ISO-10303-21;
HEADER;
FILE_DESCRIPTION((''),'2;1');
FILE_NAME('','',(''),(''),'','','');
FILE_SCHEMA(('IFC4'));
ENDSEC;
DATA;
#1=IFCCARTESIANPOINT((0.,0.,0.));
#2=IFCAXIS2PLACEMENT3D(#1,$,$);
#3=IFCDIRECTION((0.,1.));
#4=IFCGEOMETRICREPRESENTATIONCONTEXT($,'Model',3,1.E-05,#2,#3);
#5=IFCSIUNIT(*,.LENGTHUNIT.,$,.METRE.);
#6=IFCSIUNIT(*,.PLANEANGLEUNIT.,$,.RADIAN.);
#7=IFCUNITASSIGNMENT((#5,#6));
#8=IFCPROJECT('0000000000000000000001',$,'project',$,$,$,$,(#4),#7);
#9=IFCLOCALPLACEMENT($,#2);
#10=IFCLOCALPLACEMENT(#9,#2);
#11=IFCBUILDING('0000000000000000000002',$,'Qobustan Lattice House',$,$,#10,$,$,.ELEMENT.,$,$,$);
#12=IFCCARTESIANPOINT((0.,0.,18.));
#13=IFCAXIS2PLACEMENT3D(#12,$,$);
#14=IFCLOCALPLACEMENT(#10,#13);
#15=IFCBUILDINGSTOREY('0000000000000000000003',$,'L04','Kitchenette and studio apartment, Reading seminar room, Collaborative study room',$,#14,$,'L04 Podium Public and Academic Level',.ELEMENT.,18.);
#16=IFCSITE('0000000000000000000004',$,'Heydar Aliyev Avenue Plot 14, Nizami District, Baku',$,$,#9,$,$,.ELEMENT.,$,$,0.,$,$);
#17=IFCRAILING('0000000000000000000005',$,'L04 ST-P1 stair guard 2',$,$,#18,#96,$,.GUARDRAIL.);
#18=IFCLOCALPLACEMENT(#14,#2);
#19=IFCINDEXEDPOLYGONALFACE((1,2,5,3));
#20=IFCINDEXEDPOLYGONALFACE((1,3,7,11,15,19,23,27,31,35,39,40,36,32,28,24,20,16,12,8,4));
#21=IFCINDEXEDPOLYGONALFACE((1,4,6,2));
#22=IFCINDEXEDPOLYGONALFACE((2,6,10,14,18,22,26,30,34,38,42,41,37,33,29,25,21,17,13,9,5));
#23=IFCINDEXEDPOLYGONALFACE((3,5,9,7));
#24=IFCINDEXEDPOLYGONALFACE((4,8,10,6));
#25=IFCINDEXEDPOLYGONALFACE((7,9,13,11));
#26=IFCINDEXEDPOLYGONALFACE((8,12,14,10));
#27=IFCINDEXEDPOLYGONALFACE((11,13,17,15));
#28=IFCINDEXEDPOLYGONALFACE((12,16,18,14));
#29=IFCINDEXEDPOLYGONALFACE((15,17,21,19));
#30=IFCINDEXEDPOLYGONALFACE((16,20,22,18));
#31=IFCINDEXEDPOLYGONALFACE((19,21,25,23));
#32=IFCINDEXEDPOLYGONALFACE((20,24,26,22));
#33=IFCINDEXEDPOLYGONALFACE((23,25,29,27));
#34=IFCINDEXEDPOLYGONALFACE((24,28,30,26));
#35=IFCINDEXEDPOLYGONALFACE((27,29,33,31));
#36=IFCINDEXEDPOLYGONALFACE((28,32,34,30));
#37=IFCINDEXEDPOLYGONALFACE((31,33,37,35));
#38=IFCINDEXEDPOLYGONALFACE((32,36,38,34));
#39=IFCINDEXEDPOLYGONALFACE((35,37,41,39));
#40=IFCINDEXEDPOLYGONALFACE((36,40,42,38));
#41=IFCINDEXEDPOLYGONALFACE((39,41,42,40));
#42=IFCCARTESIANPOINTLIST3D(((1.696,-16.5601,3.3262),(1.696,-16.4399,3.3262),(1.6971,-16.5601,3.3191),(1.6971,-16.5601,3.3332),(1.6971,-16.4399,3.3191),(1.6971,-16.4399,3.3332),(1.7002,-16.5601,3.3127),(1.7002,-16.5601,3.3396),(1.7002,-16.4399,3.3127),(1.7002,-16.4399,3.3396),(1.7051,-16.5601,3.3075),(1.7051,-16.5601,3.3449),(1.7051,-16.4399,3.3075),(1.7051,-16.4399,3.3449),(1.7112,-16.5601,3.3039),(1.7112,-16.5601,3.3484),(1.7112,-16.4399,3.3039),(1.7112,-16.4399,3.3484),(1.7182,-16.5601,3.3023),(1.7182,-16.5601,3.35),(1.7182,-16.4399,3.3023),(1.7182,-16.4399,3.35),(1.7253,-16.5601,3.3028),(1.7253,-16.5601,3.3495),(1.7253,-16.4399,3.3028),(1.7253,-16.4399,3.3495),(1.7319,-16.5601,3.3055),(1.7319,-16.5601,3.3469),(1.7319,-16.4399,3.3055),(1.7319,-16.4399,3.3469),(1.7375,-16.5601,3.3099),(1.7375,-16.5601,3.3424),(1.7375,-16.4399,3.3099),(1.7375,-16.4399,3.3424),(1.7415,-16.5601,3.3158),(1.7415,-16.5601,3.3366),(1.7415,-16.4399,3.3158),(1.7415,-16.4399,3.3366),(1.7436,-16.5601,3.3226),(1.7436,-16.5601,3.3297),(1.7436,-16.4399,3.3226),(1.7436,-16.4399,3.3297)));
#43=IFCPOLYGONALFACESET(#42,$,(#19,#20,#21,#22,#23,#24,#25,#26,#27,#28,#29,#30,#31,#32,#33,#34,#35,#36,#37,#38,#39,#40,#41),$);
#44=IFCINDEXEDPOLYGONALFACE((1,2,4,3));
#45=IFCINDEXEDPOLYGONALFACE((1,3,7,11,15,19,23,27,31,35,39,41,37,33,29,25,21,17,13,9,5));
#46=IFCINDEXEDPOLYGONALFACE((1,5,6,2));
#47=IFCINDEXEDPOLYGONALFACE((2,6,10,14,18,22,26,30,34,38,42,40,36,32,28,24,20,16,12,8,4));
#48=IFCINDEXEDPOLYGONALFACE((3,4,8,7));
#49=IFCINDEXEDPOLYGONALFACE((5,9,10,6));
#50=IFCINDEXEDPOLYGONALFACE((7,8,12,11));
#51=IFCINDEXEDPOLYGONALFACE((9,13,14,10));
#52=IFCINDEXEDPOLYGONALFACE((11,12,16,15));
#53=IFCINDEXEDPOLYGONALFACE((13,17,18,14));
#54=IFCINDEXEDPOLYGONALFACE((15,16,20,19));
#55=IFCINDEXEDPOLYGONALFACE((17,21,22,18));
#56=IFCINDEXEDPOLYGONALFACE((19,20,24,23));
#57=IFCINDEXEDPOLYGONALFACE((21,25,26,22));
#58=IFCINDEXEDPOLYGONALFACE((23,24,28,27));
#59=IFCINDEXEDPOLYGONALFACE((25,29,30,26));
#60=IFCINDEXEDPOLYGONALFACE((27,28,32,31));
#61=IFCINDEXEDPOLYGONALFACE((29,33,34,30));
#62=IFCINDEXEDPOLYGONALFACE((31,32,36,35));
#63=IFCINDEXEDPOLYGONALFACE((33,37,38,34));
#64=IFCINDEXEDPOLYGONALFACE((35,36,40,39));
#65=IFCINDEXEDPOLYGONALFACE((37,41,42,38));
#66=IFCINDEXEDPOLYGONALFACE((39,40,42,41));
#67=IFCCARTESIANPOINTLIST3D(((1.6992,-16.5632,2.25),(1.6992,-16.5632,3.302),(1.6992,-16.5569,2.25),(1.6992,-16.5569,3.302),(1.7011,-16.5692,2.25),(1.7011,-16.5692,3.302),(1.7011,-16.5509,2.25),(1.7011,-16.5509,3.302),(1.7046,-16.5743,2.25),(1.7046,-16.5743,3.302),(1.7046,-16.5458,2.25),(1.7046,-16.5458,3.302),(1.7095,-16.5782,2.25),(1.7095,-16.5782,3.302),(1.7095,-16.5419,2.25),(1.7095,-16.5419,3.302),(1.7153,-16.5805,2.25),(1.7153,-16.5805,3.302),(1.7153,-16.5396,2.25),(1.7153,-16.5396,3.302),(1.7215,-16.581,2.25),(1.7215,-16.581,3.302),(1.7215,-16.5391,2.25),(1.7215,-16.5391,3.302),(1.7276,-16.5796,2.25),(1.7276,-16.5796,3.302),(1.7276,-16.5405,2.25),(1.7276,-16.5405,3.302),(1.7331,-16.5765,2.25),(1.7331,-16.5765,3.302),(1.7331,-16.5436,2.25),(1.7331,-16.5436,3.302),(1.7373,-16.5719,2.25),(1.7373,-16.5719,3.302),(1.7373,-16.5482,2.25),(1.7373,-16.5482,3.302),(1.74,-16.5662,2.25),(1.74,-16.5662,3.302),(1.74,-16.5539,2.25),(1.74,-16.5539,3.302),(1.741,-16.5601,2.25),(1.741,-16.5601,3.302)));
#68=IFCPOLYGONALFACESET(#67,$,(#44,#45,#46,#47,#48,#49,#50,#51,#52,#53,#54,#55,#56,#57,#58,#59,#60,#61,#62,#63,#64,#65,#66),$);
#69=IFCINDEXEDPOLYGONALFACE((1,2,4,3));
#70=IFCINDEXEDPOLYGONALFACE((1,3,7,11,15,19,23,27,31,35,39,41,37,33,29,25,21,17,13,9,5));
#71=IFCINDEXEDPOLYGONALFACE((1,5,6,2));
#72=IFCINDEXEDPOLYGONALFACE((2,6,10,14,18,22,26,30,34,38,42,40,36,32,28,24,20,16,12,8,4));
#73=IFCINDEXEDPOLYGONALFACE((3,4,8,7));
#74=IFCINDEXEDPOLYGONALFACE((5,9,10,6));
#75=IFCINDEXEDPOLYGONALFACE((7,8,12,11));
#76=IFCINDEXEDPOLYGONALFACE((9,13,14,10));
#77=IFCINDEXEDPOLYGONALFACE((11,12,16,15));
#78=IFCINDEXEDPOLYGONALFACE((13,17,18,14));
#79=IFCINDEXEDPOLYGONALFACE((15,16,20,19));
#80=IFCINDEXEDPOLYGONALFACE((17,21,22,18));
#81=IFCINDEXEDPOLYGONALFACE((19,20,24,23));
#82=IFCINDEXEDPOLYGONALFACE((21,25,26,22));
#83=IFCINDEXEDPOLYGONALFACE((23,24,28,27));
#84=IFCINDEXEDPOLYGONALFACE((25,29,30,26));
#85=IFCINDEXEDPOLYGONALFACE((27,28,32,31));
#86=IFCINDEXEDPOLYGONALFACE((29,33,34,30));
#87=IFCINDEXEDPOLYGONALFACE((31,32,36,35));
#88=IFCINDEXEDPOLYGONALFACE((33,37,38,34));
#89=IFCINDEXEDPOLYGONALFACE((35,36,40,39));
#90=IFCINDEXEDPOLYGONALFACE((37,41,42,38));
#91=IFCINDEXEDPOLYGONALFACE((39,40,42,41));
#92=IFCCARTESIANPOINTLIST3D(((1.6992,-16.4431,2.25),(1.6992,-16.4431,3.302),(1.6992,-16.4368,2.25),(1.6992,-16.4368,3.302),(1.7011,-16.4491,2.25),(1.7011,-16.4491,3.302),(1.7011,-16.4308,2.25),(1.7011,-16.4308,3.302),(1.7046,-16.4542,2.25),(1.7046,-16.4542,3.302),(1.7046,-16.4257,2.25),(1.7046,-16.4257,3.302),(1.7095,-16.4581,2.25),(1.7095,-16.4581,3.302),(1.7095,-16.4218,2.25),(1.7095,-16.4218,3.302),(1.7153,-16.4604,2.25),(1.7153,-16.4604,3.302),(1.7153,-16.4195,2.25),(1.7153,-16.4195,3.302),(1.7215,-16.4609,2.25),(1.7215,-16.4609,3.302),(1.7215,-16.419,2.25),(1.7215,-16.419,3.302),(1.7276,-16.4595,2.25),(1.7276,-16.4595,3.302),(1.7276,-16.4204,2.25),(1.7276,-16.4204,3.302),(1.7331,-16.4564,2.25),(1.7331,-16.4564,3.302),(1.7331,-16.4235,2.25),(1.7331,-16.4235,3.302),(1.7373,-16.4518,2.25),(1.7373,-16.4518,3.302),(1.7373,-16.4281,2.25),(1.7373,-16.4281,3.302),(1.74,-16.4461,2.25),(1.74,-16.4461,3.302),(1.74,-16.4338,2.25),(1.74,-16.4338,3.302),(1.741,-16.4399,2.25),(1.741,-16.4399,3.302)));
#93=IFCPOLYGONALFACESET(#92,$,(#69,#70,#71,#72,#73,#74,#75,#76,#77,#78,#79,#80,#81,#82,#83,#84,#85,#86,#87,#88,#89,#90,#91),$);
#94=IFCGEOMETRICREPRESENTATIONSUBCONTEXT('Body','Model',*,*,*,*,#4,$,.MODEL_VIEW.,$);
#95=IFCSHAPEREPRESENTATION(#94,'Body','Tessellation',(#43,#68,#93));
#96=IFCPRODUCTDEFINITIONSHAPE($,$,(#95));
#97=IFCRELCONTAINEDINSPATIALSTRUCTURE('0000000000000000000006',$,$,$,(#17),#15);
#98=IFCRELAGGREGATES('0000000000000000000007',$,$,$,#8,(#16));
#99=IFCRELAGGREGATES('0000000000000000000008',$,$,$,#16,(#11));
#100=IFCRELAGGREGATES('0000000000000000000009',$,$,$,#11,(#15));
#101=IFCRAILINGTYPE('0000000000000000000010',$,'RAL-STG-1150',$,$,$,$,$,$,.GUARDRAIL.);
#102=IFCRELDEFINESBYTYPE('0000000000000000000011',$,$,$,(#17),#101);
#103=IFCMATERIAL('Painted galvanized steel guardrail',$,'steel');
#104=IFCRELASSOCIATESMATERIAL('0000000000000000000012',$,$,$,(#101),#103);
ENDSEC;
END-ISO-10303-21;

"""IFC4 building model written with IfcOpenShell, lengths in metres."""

from ifc_helpers import new_model, si_unit, direction, frame, origin, origin_2d, place, context, subcontext, project, spatial, circle, extrude, material, type_object, element, save


model = new_model("IFC4")

# Units and contexts
model_context = context("Model", 3, precision=1e-05, world=origin(), true_north=direction((0.0, 1.0)))
body_context = subcontext(model_context, "Body", "Model", "MODEL_VIEW")
ifc_project = project(units=[si_unit("LENGTHUNIT", "METRE"), si_unit("PLANEANGLEUNIT", "RADIAN")], contexts=[model_context])

# Site, building, storey
site_placement = place(None, origin())
site = spatial("IfcSite", under=ifc_project, at=site_placement, Name="Heydar Aliyev Avenue Plot 14, Nizami District, Baku", CompositionType="ELEMENT", RefElevation=0.0)
building_placement = place(site_placement, origin())
building = spatial("IfcBuilding", under=site, at=building_placement, Name="Qobustan Lattice House", CompositionType="ELEMENT")
storey_placement = place(building_placement, frame((0.0, 0.0, 18.0)))
storey = spatial("IfcBuildingStorey", under=building, at=storey_placement, Name="L04", Description="Kitchenette and studio apartment, Reading seminar room, Collaborative study room", LongName="L04 Podium Public and Academic Level", CompositionType="ELEMENT", Elevation=18.0)

# Railing
ifc_material_1 = material(Name="Painted galvanized steel guardrail", Category="steel")
railing_type_1 = type_object("IfcRailingType", Name="RAL-STG-1150", PredefinedType="GUARDRAIL", material=ifc_material_1)
railing_1_placement = place(storey_placement, frame((1.72, -16.5601, 2.25)))
element("IfcRailing", 1, at=railing_1_placement, inside=storey, type_object=railing_type_1, Name="L04 ST-P1 stair guard 2", PredefinedType="GUARDRAIL", context=body_context, shape_type="SweptSolid", body=[
    extrude(circle(Radius=0.0239, at=origin_2d()), frame((0.0, 0.0, 1.0762), z_axis=(0.0, 1.0, 0.0), x_axis=(-1.0, 0.0, 0.0)), (0.0, 0.0, 1.0), 0.1201),
    extrude(circle(Radius=0.021, at=origin_2d()), origin(), (0.0, 0.0, 1.0), 1.052),
    extrude(circle(Radius=0.021, at=origin_2d()), frame((0.0, 0.1201, 0.0)), (0.0, 0.0, 1.0), 1.052),
])

save(model, "model.ifc")
